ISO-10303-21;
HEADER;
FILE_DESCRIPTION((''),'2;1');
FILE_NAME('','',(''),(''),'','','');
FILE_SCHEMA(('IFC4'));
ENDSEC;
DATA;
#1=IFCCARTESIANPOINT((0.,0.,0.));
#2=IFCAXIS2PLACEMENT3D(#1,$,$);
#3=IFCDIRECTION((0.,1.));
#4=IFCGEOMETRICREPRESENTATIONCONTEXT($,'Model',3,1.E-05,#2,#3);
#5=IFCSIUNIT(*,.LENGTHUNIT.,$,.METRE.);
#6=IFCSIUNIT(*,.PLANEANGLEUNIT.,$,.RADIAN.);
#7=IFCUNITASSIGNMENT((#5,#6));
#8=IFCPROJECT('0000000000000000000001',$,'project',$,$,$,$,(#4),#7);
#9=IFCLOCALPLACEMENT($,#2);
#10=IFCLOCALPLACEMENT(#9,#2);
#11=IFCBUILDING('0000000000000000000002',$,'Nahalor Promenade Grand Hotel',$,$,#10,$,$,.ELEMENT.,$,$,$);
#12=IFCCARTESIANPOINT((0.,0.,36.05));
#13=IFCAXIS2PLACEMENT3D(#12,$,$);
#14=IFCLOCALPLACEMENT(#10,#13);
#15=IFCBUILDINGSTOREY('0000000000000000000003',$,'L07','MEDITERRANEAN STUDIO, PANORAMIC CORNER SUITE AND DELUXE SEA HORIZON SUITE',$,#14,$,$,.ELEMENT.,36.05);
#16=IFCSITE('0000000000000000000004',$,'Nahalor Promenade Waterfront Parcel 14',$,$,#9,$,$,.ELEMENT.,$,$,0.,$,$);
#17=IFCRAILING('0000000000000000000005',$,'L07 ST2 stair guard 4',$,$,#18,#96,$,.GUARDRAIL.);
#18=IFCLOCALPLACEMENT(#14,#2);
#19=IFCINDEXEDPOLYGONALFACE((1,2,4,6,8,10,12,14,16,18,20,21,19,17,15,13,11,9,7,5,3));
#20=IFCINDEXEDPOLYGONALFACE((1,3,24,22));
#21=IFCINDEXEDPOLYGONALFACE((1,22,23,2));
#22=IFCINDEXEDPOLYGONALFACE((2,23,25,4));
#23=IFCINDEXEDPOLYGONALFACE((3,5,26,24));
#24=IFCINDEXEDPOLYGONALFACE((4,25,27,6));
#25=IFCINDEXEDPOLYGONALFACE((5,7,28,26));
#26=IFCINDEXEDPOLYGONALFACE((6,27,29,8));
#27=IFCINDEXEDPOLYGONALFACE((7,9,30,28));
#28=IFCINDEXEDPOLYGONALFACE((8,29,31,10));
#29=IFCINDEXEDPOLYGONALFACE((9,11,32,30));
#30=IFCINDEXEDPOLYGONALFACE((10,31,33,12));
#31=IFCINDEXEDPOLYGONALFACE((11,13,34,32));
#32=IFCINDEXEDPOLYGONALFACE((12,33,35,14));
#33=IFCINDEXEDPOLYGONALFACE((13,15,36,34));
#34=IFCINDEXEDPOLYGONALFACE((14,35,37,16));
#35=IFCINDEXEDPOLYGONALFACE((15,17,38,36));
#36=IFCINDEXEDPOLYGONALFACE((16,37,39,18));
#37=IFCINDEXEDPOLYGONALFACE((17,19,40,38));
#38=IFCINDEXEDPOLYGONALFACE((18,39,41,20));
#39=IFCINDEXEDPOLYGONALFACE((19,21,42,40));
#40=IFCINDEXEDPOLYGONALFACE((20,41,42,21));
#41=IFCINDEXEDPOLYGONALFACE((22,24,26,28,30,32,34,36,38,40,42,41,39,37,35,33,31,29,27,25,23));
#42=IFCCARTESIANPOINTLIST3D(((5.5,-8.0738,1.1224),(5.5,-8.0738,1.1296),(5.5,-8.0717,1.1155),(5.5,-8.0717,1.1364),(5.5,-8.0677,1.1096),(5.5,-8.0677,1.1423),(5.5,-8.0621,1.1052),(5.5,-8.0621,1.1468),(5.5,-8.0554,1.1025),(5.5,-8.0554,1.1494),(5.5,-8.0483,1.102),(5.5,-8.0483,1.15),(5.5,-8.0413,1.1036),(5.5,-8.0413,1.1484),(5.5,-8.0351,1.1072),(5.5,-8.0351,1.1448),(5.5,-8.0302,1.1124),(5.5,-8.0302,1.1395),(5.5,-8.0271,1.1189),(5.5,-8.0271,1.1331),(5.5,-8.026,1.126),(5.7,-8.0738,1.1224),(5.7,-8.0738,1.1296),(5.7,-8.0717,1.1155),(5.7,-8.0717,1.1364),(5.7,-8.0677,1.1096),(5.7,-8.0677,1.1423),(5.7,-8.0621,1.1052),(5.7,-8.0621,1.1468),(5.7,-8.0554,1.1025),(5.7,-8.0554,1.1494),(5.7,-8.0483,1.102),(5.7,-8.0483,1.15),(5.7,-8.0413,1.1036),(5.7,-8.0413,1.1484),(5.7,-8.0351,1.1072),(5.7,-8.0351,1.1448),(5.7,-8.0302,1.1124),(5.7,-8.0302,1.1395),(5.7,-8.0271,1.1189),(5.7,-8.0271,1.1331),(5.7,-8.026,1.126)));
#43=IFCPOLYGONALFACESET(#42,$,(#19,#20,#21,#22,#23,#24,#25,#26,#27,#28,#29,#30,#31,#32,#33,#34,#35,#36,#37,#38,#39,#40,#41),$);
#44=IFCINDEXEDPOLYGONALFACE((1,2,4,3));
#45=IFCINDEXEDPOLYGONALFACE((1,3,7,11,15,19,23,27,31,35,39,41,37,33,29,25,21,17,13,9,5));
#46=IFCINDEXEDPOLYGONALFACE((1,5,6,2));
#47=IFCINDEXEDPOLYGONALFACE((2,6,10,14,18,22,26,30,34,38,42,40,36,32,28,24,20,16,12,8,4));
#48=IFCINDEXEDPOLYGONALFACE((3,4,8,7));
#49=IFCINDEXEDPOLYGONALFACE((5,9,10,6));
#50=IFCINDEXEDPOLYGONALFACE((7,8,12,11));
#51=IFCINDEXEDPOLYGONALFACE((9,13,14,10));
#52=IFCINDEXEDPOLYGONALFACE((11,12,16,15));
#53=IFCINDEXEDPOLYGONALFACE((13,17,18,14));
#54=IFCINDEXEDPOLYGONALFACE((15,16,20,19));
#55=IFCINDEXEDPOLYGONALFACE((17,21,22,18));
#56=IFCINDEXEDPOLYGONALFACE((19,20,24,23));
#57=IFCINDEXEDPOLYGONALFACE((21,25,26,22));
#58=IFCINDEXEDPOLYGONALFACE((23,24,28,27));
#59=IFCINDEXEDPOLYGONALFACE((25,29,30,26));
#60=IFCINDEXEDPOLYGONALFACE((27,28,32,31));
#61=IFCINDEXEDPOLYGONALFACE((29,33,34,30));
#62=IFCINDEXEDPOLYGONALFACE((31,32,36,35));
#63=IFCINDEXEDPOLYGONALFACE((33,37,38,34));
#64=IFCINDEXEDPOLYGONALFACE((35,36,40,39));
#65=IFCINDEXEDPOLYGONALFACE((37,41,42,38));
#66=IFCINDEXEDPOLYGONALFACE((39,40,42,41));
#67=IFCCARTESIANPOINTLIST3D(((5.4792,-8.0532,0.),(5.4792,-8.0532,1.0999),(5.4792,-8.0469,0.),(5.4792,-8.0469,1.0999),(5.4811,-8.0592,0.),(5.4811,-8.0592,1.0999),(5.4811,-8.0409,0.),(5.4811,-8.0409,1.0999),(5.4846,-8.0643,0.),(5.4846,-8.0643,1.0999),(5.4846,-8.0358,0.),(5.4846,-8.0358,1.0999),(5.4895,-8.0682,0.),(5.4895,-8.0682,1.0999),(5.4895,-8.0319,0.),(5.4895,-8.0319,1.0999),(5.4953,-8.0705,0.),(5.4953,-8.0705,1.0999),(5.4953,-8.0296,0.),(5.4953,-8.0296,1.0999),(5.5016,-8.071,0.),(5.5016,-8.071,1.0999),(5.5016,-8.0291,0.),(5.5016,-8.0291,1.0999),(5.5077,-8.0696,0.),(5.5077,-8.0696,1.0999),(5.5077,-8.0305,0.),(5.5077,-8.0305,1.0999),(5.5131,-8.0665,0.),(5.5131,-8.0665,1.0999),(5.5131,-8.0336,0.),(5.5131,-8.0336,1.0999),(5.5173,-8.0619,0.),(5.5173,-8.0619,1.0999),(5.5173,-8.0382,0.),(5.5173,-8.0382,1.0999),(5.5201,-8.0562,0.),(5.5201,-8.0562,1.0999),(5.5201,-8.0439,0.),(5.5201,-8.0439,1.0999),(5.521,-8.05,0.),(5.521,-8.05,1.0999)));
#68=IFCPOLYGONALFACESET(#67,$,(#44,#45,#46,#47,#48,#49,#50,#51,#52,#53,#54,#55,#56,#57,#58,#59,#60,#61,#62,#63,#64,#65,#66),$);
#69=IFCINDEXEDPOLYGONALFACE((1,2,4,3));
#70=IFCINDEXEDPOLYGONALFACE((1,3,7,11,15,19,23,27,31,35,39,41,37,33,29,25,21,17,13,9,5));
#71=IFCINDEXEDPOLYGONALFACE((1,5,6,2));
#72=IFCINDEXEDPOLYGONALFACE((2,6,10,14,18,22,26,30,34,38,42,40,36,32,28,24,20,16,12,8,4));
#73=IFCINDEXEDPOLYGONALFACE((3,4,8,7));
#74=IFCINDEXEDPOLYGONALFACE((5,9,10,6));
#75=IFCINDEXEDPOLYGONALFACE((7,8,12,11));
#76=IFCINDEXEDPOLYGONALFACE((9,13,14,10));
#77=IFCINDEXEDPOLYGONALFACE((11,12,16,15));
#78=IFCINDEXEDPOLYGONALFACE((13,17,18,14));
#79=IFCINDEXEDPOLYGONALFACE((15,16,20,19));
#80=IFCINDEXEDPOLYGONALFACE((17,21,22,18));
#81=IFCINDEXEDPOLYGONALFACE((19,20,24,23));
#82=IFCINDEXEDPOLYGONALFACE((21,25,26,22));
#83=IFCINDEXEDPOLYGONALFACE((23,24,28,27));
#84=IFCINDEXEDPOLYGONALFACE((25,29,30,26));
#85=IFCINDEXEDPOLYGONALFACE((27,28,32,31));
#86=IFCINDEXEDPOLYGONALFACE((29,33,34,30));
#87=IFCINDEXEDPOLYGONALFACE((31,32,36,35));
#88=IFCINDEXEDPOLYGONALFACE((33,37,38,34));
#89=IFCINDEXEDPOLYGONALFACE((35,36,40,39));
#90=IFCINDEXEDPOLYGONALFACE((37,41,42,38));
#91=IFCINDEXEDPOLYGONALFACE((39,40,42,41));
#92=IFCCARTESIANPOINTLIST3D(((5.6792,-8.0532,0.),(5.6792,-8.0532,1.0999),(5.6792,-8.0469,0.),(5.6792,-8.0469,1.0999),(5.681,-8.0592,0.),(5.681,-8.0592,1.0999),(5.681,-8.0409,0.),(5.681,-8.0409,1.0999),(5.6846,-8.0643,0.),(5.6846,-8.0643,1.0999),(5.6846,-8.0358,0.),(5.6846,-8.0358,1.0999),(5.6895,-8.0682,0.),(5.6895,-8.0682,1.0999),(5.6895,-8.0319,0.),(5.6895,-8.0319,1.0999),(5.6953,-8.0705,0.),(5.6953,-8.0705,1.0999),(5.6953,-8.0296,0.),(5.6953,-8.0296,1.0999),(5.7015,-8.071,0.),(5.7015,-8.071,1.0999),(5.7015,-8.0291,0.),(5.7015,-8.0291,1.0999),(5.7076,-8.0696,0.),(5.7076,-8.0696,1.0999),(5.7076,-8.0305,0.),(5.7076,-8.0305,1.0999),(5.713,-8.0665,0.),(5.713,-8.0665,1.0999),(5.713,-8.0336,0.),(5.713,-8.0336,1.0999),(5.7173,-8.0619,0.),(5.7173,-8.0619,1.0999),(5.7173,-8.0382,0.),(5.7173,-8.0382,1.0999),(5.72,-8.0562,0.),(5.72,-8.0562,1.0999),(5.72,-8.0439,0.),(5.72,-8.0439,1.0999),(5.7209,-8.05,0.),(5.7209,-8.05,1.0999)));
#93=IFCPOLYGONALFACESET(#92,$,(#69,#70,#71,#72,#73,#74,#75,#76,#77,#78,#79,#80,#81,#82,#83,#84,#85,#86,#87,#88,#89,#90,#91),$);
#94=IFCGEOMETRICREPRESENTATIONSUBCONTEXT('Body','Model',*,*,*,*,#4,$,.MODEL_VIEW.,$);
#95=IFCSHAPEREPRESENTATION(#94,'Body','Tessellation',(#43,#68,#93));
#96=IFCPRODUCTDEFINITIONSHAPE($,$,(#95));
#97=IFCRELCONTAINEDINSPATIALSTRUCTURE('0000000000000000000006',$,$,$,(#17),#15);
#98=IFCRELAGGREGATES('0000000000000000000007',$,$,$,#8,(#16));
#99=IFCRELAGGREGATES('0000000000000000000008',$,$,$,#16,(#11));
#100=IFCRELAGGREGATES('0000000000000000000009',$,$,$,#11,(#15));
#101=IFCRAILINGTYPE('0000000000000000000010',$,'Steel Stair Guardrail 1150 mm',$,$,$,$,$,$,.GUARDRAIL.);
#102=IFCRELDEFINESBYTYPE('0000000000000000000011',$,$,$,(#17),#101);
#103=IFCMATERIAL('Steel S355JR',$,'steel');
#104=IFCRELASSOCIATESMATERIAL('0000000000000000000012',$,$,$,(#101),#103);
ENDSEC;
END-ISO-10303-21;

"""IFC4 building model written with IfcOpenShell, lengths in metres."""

from ifc_helpers import new_model, si_unit, direction, frame, origin, origin_2d, place, context, subcontext, project, spatial, circle, extrude, material, type_object, element, save


model = new_model("IFC4")

# Units and contexts
model_context = context("Model", 3, precision=1e-05, world=origin(), true_north=direction((0.0, 1.0)))
body_context = subcontext(model_context, "Body", "Model", "MODEL_VIEW")
ifc_project = project(units=[si_unit("LENGTHUNIT", "METRE"), si_unit("PLANEANGLEUNIT", "RADIAN")], contexts=[model_context])

# Site, building, storey
site_placement = place(None, origin())
site = spatial("IfcSite", under=ifc_project, at=site_placement, Name="Nahalor Promenade Waterfront Parcel 14", CompositionType="ELEMENT", RefElevation=0.0)
building_placement = place(site_placement, origin())
building = spatial("IfcBuilding", under=site, at=building_placement, Name="Nahalor Promenade Grand Hotel", CompositionType="ELEMENT")
storey_placement = place(building_placement, frame((0.0, 0.0, 36.05)))
storey = spatial("IfcBuildingStorey", under=building, at=storey_placement, Name="L07", Description="MEDITERRANEAN STUDIO, PANORAMIC CORNER SUITE AND DELUXE SEA HORIZON SUITE", CompositionType="ELEMENT", Elevation=36.05)

# Shared definitions
ifc_material_1 = material(Name="Steel S355JR", Category="steel")

# Railing
railing_type_1 = type_object("IfcRailingType", Name="Steel Stair Guardrail 1150 mm", PredefinedType="GUARDRAIL", material=ifc_material_1)
railing_1_placement = place(storey_placement, frame((5.5, -8.05, 0.0)))
element("IfcRailing", 1, at=railing_1_placement, inside=storey, type_object=railing_type_1, Name="L07 ST2 stair guard 4", PredefinedType="GUARDRAIL", context=body_context, shape_type="SweptSolid", body=[
    extrude(circle(Radius=0.024, at=origin_2d()), frame((0.0, 0.0, 1.126), z_axis=(1.0, 0.0, 0.0), x_axis=(0.0, 1.0, 0.0)), (0.0, 0.0, 1.0), 0.2),
    extrude(circle(Radius=0.021, at=origin_2d()), origin(), (0.0, 0.0, 1.0), 1.0999),
    extrude(circle(Radius=0.021, at=origin_2d()), frame((0.2, 0.0, 0.0)), (0.0, 0.0, 1.0), 1.0999),
])

save(model, "model.ifc")
